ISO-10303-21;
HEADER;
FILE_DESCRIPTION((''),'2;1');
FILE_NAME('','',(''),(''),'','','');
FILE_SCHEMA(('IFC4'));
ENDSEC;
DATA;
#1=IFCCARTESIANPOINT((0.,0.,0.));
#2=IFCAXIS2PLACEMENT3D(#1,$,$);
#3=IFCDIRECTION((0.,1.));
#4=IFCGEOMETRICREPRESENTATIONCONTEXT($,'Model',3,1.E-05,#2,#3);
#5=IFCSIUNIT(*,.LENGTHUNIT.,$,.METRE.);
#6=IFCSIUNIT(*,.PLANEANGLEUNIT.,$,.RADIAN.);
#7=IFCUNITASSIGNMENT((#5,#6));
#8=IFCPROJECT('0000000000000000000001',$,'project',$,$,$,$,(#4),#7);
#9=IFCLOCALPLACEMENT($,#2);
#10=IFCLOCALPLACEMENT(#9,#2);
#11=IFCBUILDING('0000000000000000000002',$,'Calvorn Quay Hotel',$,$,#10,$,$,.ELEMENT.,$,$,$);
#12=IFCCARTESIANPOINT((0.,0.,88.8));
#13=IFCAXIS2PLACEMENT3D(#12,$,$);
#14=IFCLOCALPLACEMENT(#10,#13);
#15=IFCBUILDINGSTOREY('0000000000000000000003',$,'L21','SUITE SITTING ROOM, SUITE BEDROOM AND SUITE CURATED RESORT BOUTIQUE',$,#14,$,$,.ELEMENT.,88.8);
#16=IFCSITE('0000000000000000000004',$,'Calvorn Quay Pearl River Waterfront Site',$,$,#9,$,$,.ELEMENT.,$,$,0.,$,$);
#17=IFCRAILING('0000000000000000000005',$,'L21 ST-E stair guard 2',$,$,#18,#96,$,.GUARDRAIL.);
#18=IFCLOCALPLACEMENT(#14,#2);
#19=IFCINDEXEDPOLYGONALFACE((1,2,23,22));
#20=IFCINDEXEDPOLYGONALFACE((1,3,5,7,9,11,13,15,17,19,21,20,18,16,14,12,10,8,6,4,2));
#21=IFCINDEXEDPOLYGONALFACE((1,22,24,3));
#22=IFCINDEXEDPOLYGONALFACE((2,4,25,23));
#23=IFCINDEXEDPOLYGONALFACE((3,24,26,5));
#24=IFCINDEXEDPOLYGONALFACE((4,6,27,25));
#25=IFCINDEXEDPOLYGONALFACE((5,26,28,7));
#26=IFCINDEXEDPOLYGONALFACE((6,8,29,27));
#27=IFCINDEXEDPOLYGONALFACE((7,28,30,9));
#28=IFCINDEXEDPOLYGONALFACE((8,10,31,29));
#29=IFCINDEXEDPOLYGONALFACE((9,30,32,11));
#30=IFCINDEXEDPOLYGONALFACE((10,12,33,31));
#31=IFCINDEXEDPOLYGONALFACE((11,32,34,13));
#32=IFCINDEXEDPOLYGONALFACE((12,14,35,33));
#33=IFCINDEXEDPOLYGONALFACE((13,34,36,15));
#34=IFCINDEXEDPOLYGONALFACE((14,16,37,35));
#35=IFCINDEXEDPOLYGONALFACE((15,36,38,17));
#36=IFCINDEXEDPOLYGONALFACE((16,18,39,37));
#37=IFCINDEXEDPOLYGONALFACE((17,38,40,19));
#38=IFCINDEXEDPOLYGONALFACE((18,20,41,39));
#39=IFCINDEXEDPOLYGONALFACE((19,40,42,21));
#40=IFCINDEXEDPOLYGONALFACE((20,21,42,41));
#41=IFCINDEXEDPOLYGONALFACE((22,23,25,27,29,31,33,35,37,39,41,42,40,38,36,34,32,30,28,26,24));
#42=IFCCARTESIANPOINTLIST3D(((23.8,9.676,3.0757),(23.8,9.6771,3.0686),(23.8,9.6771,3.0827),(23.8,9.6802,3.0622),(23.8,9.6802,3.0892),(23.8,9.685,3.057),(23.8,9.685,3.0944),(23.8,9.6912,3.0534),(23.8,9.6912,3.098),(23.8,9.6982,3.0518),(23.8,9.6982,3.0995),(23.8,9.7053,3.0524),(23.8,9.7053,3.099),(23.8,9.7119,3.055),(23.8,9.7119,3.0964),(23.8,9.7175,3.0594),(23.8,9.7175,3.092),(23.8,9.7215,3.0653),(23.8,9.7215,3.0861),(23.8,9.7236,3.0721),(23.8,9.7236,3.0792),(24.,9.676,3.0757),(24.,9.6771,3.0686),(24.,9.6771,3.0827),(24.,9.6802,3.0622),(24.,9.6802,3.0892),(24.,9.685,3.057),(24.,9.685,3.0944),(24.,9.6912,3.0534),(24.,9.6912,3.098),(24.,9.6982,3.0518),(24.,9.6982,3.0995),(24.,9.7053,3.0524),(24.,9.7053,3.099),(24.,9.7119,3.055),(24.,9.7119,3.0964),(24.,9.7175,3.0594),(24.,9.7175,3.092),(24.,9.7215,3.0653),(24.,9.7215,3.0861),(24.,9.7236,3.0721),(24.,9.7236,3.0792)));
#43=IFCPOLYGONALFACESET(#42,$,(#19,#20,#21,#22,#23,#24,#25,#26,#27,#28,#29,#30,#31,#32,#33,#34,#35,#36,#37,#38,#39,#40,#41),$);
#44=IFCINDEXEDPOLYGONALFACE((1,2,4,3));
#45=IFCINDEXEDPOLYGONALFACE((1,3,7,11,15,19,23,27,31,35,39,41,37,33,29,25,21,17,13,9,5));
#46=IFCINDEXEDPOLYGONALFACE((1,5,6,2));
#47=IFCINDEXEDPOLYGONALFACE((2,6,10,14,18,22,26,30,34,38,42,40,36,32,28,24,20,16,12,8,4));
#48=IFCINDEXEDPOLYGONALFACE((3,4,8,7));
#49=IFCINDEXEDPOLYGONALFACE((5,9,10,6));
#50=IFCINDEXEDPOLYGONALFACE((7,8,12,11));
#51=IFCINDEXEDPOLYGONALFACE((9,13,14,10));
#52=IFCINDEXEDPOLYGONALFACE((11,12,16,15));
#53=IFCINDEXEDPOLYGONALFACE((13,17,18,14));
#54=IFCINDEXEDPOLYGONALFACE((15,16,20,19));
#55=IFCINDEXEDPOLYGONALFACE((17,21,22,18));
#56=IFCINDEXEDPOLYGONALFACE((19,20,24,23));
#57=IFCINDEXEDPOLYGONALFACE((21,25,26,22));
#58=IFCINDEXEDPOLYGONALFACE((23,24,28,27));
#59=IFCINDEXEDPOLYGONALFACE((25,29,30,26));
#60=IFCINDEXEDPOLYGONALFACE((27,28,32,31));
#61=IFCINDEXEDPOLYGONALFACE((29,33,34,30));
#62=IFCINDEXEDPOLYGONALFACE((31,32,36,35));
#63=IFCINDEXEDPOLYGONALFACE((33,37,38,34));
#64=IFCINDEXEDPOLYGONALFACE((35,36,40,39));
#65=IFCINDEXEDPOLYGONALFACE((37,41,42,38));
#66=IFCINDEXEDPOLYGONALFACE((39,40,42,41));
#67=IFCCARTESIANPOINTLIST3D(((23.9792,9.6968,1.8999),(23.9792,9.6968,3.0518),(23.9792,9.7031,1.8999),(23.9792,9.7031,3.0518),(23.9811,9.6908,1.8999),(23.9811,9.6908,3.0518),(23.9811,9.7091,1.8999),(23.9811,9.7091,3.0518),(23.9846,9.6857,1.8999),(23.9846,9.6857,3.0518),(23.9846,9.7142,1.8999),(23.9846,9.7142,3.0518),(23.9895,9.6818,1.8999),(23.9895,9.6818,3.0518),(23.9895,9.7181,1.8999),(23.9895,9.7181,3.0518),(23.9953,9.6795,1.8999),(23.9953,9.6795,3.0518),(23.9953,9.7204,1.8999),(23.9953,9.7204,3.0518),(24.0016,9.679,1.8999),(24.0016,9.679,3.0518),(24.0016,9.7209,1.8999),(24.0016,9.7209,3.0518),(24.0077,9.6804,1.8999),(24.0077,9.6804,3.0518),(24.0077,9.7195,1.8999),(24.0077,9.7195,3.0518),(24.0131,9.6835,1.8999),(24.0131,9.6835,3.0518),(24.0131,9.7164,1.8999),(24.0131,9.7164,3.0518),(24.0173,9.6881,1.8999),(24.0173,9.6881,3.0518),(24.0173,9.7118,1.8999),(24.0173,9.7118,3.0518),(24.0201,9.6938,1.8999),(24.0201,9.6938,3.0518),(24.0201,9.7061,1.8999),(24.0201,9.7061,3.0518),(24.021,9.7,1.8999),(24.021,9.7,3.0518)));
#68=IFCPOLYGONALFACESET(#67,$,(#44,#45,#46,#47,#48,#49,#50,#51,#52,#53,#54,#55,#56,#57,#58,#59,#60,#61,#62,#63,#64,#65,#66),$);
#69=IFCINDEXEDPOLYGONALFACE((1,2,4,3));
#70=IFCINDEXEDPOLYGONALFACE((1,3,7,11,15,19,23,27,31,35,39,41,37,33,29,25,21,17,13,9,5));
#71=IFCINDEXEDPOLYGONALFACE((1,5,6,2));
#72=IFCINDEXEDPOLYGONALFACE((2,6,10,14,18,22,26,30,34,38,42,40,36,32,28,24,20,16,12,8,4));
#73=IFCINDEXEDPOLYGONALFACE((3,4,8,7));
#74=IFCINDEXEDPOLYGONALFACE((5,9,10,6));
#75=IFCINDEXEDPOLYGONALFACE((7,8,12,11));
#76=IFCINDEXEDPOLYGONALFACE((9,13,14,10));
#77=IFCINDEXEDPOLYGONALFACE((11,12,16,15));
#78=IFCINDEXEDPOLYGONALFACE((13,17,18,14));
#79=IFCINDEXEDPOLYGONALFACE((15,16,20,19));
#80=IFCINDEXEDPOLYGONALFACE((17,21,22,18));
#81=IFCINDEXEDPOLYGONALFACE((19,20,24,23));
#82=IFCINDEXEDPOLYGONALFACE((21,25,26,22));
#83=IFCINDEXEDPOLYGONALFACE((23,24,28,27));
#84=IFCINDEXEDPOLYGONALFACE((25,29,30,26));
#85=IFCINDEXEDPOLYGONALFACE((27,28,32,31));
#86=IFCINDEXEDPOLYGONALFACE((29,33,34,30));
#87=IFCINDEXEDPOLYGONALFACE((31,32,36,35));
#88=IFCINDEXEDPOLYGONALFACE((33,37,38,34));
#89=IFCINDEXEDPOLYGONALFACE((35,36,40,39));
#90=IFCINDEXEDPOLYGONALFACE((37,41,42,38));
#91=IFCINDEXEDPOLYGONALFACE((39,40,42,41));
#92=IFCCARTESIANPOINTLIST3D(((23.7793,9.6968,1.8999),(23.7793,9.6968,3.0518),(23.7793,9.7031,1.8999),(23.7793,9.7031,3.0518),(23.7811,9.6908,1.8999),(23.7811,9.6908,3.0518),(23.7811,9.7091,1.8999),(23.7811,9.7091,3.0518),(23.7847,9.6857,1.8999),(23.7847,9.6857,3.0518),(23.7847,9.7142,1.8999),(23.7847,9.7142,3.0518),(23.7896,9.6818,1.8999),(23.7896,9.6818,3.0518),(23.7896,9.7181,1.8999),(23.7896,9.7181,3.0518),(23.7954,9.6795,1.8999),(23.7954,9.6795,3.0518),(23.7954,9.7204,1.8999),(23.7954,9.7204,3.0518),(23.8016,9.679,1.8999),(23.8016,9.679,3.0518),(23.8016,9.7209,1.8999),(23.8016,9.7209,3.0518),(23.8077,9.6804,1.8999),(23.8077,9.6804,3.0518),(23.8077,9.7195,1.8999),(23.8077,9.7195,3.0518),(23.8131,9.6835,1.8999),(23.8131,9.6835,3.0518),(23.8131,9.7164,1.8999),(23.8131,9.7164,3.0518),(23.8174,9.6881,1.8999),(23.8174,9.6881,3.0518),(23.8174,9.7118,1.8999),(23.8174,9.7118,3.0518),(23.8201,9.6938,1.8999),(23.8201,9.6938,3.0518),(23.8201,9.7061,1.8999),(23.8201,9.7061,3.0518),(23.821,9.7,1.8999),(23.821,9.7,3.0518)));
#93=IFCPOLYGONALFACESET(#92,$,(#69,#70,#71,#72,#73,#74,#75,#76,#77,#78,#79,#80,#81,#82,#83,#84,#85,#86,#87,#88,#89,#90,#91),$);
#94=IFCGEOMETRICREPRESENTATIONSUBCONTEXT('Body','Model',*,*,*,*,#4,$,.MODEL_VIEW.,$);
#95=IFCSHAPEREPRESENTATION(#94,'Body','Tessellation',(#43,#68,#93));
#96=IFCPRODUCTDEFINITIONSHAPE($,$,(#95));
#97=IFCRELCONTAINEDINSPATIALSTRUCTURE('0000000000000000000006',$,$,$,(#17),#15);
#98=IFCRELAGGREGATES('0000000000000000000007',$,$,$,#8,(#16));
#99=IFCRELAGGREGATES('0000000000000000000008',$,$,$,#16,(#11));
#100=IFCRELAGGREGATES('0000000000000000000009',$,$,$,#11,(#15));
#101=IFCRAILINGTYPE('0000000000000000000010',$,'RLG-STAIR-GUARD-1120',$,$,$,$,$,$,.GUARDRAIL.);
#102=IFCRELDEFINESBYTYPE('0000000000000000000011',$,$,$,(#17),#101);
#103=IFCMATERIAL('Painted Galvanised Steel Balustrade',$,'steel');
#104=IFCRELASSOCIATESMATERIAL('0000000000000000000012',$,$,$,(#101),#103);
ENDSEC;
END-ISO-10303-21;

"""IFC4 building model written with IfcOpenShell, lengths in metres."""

from ifc_helpers import new_model, si_unit, direction, frame, origin, origin_2d, place, context, subcontext, project, spatial, circle, extrude, material, type_object, element, save


model = new_model("IFC4")

# Units and contexts
model_context = context("Model", 3, precision=1e-05, world=origin(), true_north=direction((0.0, 1.0)))
body_context = subcontext(model_context, "Body", "Model", "MODEL_VIEW")
ifc_project = project(units=[si_unit("LENGTHUNIT", "METRE"), si_unit("PLANEANGLEUNIT", "RADIAN")], contexts=[model_context])

# Site, building, storey
site_placement = place(None, origin())
site = spatial("IfcSite", under=ifc_project, at=site_placement, Name="Calvorn Quay Pearl River Waterfront Site", CompositionType="ELEMENT", RefElevation=0.0)
building_placement = place(site_placement, origin())
building = spatial("IfcBuilding", under=site, at=building_placement, Name="Calvorn Quay Hotel", CompositionType="ELEMENT")
storey_placement = place(building_placement, frame((0.0, 0.0, 88.8)))
storey = spatial("IfcBuildingStorey", under=building, at=storey_placement, Name="L21", Description="SUITE SITTING ROOM, SUITE BEDROOM AND SUITE CURATED RESORT BOUTIQUE", CompositionType="ELEMENT", Elevation=88.8)

# Railing
ifc_material_1 = material(Name="Painted Galvanised Steel Balustrade", Category="steel")
railing_type_1 = type_object("IfcRailingType", Name="RLG-STAIR-GUARD-1120", PredefinedType="GUARDRAIL", material=ifc_material_1)
railing_1_placement = place(storey_placement, frame((24.0, 9.7, 1.8999)))
element("IfcRailing", 1, at=railing_1_placement, inside=storey, type_object=railing_type_1, Name="L21 ST-E stair guard 2", PredefinedType="GUARDRAIL", context=body_context, shape_type="SweptSolid", body=[
    extrude(circle(Radius=0.0239, at=origin_2d()), frame((0.0, 0.0, 1.1758), z_axis=(-1.0, 0.0, 0.0), x_axis=(0.0, -1.0, 0.0)), (0.0, 0.0, 1.0), 0.2),
    extrude(circle(Radius=0.021, at=origin_2d()), origin(), (0.0, 0.0, 1.0), 1.1519),
    extrude(circle(Radius=0.021, at=origin_2d()), frame((-0.2, 0.0, 0.0)), (0.0, 0.0, 1.0), 1.1519),
])

save(model, "model.ifc")
